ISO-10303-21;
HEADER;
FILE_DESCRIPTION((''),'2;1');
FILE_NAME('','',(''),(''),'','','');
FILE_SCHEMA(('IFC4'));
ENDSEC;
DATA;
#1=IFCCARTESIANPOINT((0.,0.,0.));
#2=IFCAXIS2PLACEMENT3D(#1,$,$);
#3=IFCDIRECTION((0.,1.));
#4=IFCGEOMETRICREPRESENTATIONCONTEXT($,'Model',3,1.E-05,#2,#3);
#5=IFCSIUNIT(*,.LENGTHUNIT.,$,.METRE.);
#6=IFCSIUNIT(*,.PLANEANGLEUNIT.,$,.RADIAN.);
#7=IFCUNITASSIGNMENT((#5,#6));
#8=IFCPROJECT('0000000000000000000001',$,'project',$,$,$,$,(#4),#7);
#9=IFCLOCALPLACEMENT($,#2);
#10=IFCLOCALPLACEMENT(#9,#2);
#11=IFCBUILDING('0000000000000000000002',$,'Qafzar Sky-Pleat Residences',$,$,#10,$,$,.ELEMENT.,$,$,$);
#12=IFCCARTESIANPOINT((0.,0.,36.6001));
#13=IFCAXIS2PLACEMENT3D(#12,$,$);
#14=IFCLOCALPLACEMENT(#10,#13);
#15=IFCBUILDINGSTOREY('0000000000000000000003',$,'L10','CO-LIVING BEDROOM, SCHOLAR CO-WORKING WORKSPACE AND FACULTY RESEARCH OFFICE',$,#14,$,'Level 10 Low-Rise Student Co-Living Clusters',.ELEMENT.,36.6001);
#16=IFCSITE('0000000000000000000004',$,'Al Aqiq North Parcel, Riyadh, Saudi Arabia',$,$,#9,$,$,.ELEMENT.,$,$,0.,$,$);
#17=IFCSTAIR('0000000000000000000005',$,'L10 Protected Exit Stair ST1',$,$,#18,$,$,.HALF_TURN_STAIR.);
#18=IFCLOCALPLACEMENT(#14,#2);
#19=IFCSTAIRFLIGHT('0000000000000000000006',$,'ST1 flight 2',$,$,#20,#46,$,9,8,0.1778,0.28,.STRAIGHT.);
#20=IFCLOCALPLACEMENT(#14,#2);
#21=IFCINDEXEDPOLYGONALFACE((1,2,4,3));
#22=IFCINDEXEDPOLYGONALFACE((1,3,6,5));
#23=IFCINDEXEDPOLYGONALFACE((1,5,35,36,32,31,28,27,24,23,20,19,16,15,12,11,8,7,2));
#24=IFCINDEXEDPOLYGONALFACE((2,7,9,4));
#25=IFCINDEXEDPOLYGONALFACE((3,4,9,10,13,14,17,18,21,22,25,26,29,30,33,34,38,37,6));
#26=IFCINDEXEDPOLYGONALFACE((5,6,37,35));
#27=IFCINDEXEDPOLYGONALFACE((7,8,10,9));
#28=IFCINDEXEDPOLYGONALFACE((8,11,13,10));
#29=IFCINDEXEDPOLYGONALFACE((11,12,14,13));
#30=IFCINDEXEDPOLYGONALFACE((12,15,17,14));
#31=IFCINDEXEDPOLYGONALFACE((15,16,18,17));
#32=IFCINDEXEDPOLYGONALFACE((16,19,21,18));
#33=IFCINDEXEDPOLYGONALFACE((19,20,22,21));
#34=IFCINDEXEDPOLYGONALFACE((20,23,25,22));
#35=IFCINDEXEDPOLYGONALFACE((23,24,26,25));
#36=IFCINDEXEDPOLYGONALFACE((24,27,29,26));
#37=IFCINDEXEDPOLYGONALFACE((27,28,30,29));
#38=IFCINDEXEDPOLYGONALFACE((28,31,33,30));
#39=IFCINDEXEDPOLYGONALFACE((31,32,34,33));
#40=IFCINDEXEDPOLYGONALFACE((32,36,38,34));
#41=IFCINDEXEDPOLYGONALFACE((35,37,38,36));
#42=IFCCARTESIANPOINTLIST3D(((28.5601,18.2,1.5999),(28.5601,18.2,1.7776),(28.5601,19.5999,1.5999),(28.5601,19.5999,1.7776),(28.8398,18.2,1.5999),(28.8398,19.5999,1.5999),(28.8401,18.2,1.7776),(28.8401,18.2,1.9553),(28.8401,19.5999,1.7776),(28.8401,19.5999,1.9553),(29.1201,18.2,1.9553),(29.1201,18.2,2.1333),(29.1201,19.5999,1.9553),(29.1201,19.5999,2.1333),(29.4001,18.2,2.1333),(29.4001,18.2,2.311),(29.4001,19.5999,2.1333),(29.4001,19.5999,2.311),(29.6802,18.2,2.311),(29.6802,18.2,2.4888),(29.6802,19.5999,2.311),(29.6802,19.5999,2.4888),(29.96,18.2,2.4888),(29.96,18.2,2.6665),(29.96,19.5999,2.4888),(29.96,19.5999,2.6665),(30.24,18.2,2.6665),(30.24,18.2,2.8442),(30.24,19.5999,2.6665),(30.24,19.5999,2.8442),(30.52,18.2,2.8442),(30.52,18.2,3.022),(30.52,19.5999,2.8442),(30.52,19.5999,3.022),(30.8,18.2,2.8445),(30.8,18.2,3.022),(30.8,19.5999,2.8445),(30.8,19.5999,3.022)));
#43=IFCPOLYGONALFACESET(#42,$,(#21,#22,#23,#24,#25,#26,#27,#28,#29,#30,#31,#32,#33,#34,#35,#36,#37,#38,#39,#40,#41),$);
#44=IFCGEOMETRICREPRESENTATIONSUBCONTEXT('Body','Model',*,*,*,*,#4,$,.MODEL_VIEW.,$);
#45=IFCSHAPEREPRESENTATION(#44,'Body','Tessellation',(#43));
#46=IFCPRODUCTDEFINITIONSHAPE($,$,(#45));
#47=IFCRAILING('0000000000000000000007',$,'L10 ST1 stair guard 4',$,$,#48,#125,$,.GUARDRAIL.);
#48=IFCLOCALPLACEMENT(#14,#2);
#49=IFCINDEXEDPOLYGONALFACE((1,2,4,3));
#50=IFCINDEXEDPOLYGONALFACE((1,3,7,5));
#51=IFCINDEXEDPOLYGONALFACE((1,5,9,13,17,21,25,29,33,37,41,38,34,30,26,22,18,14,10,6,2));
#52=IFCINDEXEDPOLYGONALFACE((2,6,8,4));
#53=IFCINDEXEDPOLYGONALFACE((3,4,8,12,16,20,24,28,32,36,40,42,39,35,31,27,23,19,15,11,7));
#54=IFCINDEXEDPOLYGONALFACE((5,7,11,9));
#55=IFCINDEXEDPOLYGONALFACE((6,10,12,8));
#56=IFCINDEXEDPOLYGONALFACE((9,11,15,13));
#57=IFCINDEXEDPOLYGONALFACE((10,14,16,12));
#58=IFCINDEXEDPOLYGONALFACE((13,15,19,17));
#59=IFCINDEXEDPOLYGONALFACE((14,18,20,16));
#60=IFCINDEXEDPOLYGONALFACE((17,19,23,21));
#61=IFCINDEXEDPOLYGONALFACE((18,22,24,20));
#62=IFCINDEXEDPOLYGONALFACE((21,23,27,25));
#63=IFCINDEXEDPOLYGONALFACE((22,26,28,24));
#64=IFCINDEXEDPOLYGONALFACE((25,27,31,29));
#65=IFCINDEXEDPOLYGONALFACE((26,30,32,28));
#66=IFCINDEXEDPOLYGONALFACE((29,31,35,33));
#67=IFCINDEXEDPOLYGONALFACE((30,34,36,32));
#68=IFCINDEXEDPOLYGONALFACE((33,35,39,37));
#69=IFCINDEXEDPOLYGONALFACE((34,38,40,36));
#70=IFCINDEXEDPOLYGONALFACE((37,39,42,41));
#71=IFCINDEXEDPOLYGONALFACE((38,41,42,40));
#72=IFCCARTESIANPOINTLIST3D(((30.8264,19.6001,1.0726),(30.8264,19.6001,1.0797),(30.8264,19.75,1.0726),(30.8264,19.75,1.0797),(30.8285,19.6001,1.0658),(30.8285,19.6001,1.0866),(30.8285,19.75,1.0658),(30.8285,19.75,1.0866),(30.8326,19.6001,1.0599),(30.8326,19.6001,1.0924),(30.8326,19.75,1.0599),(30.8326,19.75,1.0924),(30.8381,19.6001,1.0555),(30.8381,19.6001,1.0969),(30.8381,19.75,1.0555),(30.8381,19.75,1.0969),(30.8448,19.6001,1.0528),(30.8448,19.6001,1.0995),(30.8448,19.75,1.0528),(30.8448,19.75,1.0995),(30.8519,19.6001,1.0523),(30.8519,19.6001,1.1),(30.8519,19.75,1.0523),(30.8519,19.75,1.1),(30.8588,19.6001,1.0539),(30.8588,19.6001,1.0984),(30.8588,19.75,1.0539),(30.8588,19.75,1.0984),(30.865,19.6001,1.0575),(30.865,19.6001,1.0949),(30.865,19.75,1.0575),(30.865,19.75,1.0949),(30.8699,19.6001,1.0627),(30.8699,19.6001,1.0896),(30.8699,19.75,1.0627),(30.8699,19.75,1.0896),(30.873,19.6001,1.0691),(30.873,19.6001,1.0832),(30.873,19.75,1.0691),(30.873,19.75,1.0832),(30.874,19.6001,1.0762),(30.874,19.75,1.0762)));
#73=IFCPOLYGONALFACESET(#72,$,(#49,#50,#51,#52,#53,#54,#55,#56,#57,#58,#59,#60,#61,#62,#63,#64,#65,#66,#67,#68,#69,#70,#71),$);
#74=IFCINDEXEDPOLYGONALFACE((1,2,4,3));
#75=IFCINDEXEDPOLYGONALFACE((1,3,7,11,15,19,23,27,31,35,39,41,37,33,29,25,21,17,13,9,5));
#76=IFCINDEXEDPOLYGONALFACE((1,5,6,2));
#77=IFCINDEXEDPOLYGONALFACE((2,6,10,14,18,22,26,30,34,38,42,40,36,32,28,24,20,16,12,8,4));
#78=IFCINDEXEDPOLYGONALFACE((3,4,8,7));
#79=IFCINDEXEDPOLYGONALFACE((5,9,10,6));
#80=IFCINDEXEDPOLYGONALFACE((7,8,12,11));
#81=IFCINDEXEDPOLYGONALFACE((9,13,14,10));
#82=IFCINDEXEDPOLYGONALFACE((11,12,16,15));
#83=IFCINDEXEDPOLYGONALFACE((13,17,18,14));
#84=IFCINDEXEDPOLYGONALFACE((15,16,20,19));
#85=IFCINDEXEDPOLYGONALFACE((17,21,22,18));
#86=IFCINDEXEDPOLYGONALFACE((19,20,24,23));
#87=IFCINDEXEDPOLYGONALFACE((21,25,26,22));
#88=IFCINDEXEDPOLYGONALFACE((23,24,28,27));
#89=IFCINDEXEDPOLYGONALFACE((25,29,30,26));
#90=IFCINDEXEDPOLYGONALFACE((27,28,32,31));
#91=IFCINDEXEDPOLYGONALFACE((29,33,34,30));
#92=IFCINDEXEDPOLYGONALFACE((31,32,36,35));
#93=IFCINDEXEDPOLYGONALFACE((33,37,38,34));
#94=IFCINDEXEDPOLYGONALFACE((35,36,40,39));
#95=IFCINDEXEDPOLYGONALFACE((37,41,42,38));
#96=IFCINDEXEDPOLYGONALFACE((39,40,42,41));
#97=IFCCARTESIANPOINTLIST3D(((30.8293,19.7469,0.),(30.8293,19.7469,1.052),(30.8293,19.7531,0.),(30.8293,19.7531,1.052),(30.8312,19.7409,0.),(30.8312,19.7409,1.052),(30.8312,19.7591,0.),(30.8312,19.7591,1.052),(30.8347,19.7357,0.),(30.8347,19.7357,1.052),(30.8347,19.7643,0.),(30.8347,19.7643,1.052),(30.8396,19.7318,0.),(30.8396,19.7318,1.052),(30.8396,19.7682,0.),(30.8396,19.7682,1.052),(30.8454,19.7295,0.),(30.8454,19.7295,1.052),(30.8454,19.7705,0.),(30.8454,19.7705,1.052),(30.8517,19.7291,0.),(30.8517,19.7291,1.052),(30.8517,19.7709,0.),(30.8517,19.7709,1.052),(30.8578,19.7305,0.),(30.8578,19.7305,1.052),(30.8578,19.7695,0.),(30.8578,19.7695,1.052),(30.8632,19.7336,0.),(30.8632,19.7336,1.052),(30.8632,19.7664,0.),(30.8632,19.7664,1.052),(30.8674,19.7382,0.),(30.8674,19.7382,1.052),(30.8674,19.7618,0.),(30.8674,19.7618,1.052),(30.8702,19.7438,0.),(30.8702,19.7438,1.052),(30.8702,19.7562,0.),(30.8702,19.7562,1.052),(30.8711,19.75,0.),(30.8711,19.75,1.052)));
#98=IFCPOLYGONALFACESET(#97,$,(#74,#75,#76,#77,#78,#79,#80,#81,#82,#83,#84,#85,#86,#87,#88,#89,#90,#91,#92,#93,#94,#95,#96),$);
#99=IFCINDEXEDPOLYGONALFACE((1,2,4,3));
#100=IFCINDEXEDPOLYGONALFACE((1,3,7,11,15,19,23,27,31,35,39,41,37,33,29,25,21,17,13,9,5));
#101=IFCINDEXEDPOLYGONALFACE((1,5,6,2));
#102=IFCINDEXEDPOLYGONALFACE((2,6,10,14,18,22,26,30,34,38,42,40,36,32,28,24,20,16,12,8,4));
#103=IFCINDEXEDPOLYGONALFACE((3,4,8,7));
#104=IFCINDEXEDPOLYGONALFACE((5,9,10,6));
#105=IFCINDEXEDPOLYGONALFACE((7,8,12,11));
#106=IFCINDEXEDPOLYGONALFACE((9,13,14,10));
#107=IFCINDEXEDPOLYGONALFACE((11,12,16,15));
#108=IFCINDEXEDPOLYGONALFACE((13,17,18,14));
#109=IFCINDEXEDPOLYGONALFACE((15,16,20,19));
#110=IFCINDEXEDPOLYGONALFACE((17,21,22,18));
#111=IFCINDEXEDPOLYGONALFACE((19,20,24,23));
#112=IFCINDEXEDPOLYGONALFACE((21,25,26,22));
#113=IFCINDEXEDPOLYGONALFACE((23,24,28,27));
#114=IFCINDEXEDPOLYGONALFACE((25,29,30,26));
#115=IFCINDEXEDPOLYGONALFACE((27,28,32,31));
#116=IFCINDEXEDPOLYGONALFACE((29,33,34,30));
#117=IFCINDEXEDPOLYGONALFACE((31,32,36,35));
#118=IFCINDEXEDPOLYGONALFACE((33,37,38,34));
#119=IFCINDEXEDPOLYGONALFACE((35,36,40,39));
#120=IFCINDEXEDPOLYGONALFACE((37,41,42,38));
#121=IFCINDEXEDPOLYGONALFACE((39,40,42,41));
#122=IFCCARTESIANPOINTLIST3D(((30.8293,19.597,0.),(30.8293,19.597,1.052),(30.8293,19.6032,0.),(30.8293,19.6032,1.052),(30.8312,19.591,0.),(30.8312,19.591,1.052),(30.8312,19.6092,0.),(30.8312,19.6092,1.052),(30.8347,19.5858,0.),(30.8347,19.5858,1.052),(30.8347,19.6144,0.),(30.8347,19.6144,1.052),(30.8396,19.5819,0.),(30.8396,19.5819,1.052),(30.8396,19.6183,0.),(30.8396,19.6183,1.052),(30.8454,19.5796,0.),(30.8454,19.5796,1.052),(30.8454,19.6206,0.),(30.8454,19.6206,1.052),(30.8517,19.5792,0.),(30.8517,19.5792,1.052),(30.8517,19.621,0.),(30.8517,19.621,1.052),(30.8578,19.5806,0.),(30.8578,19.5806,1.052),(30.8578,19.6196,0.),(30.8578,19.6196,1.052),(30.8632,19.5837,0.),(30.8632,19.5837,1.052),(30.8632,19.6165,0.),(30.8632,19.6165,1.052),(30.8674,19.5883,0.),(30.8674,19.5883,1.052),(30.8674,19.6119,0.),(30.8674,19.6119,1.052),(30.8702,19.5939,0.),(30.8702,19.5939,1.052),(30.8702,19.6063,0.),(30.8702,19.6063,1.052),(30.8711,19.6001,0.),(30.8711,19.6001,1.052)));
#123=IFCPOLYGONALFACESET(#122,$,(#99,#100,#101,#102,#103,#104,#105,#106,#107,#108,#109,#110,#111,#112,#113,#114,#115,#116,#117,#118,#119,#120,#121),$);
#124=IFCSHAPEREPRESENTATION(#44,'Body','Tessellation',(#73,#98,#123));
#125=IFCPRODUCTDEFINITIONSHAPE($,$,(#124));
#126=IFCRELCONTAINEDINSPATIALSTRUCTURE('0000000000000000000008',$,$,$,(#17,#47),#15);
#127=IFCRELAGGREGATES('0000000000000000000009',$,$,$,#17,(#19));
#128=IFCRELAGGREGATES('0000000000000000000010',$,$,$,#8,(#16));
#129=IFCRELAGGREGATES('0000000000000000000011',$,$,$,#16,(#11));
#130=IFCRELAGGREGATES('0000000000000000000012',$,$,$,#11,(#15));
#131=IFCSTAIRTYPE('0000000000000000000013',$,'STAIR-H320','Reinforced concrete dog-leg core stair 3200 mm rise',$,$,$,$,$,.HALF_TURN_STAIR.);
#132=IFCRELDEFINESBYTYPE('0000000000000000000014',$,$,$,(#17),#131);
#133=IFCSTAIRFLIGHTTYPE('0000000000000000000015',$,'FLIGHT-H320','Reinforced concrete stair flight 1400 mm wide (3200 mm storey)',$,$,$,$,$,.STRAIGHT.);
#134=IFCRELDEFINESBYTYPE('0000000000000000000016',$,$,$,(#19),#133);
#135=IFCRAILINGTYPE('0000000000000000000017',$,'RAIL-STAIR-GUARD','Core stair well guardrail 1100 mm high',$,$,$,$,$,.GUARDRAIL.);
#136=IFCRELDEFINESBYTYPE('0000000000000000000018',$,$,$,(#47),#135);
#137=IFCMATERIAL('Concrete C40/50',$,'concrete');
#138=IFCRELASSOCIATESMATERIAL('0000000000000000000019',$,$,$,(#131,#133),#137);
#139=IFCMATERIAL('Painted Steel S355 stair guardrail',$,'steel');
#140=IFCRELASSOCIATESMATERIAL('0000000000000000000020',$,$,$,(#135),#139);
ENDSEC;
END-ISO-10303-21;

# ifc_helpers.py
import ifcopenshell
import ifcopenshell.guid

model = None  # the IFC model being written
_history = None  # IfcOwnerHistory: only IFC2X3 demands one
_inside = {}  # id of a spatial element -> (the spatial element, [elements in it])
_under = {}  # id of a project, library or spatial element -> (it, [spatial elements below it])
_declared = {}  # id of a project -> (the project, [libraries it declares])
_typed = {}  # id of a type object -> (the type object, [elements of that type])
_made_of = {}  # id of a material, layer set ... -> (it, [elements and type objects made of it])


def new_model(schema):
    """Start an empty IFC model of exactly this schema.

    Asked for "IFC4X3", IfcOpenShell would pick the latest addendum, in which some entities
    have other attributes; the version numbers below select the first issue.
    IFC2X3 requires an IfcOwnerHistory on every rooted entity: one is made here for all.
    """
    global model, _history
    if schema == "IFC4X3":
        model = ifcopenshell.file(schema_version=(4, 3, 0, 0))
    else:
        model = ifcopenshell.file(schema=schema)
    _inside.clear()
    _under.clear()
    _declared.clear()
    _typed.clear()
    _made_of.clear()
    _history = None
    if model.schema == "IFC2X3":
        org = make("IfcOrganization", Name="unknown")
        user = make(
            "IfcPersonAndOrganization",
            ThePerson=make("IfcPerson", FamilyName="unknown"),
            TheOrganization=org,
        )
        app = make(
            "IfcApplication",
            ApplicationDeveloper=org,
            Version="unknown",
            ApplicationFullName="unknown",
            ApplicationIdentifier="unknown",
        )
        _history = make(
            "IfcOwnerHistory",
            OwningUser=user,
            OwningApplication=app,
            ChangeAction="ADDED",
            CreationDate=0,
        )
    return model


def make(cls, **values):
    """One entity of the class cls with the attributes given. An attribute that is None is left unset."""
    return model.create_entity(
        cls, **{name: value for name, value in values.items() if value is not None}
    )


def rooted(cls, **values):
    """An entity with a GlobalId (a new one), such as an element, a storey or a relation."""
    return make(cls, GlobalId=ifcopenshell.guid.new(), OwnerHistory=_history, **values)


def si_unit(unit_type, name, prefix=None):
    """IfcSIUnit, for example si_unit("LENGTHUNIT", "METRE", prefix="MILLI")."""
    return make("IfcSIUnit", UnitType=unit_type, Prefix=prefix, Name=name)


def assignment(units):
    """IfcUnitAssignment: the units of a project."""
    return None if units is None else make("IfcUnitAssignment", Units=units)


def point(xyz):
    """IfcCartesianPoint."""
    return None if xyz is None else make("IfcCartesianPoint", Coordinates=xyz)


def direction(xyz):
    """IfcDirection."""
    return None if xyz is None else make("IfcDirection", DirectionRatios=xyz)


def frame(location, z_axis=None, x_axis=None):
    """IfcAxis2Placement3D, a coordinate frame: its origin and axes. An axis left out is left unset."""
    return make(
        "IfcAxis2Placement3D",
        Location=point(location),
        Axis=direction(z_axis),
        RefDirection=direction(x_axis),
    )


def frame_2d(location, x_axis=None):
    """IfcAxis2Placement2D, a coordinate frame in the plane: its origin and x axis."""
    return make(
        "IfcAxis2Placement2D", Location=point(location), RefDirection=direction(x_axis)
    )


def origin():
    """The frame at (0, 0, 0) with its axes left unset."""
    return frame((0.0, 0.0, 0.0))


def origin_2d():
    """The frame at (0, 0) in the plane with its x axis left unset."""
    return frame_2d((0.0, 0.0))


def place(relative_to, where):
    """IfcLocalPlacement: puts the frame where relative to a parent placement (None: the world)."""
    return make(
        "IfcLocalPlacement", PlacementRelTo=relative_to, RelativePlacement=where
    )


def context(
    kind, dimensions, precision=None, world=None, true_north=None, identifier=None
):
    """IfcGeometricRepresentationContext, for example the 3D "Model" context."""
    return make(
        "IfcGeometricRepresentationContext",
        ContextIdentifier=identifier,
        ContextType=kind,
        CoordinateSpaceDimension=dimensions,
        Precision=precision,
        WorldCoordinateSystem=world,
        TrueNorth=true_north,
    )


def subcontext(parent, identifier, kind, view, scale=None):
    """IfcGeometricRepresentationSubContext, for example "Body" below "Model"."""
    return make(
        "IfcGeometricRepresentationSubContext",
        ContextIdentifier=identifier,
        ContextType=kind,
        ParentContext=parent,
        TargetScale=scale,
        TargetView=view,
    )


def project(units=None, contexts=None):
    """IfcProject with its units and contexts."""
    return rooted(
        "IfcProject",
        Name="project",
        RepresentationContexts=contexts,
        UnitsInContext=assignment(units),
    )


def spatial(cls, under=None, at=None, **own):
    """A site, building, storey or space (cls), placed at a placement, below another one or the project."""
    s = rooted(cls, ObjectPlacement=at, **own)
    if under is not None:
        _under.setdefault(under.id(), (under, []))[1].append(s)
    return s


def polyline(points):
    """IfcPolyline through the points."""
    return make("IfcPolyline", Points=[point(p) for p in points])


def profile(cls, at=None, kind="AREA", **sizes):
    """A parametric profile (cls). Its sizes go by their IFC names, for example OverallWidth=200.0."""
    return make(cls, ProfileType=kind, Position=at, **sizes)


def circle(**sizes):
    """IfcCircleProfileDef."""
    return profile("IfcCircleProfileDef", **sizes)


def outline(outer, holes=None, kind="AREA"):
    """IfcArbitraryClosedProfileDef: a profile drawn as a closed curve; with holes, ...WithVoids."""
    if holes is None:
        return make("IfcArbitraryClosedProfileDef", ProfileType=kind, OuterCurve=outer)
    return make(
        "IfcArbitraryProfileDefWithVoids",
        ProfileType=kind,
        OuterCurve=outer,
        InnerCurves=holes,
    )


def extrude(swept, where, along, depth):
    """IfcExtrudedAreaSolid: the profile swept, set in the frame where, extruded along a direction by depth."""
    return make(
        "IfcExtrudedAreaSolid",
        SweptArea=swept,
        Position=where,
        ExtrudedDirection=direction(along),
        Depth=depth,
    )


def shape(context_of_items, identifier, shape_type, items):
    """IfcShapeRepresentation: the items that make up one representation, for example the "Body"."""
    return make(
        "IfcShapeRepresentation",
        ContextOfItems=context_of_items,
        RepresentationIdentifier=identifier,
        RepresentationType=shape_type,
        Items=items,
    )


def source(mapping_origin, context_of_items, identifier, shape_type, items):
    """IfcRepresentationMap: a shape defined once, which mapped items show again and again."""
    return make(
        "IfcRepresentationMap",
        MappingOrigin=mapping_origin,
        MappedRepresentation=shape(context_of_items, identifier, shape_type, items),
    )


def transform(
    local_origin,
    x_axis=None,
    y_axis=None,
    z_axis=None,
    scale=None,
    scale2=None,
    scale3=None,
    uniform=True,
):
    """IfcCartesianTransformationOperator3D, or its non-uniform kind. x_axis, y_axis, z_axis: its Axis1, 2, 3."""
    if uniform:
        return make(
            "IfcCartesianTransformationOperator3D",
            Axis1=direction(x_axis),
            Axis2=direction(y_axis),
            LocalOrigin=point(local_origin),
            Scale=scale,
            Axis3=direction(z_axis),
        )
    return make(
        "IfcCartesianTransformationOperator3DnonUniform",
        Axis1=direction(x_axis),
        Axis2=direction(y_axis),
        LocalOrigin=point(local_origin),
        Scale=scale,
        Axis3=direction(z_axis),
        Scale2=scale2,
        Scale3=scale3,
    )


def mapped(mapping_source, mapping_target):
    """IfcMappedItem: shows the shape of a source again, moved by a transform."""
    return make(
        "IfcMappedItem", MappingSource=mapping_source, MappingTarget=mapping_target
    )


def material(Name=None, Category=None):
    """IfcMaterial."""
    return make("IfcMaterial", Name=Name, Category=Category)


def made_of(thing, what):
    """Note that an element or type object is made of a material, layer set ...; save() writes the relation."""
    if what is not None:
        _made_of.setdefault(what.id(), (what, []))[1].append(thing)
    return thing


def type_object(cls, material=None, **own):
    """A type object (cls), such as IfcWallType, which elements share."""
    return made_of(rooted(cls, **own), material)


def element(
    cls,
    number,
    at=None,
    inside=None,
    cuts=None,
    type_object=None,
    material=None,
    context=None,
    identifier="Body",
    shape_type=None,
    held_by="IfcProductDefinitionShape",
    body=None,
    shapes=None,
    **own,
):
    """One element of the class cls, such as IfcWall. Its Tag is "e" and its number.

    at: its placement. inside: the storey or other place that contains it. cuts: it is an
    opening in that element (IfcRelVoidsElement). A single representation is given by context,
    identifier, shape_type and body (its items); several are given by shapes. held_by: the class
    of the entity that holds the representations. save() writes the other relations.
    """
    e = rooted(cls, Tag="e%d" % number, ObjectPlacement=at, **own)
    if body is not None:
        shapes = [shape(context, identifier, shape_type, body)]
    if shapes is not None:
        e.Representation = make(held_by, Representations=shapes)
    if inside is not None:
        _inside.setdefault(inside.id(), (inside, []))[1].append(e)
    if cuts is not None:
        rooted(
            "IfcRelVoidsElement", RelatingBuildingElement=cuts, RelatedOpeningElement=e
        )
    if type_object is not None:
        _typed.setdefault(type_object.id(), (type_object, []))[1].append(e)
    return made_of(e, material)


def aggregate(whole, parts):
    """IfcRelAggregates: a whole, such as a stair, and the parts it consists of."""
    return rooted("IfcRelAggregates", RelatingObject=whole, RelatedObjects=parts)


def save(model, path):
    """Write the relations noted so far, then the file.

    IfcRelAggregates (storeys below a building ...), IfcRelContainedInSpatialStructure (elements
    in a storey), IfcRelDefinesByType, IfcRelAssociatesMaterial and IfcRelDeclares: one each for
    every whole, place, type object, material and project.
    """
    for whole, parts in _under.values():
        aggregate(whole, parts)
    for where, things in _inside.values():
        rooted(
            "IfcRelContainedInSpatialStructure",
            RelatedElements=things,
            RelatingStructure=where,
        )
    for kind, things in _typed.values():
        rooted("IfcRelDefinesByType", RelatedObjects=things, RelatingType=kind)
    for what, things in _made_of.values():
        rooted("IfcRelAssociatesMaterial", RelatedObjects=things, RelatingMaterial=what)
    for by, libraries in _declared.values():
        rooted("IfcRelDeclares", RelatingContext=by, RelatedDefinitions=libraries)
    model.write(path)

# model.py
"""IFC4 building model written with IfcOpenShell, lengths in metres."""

from ifc_helpers import new_model, si_unit, direction, frame, origin, origin_2d, place, context, subcontext, project, spatial, polyline, circle, outline, extrude, source, transform, mapped, material, type_object, element, aggregate, save


model = new_model("IFC4")

# Units and contexts
model_context = context("Model", 3, precision=1e-05, world=origin(), true_north=direction((0.0, 1.0)))
body_context = subcontext(model_context, "Body", "Model", "MODEL_VIEW")
ifc_project = project(units=[si_unit("LENGTHUNIT", "METRE"), si_unit("PLANEANGLEUNIT", "RADIAN")], contexts=[model_context])

# Site, building, storey
site_placement = place(None, origin())
site = spatial("IfcSite", under=ifc_project, at=site_placement, Name="Al Aqiq North Parcel, Riyadh, Saudi Arabia", CompositionType="ELEMENT", RefElevation=0.0)
building_placement = place(site_placement, origin())
building = spatial("IfcBuilding", under=site, at=building_placement, Name="Qafzar Sky-Pleat Residences", CompositionType="ELEMENT")
storey_placement = place(building_placement, frame((0.0, 0.0, 36.6001)))
storey = spatial("IfcBuildingStorey", under=building, at=storey_placement, Name="L10", Description="CO-LIVING BEDROOM, SCHOLAR CO-WORKING WORKSPACE AND FACULTY RESEARCH OFFICE", LongName="Level 10 Low-Rise Student Co-Living Clusters", CompositionType="ELEMENT", Elevation=36.6001)

# Stair, stair flight
ifc_material_1 = material(Name="Concrete C40/50", Category="concrete")
stair_type = type_object("IfcStairType", Name="STAIR-H320", Description="Reinforced concrete dog-leg core stair 3200 mm rise", PredefinedType="HALF_TURN_STAIR", material=ifc_material_1)
stair_placement = place(storey_placement, origin())
stair = element("IfcStair", 1, at=stair_placement, inside=storey, type_object=stair_type, Name="L10 Protected Exit Stair ST1", PredefinedType="HALF_TURN_STAIR")
stair_flight_type = type_object("IfcStairFlightType", Name="FLIGHT-H320", Description="Reinforced concrete stair flight 1400 mm wide (3200 mm storey)", PredefinedType="STRAIGHT", material=ifc_material_1)
shared_shape_1 = source(origin(), body_context, "Body", "SweptSolid", [
    extrude(outline(polyline([(0.0, 0.0), (0.0, 0.1777), (0.28, 0.1777), (0.28, 0.3555), (0.5601, 0.3555), (0.5601, 0.5334), (0.8401, 0.5334), (0.8401, 0.7112), (1.1201, 0.7112), (1.1201, 0.8889), (1.3999, 0.8889), (1.3999, 1.0667), (1.6799, 1.0667), (1.6799, 1.2444), (1.96, 1.2444), (1.96, 1.4221), (2.24, 1.4221), (2.24, 1.6001), (2.24, 1.2446), (0.2798, 0.0), (0.0, 0.0)])), frame((0.0, 0.7, 0.0), z_axis=(0.0, -1.0, 0.0), x_axis=(1.0, 0.0, 0.0)), (0.0, 0.0, 1.0), 1.3999),
])
stair_flight_1_placement = place(storey_placement, frame((28.5601, 18.8999, 1.5999), z_axis=(0.0, 0.0, 1.0), x_axis=(1.0, 0.0, 0.0)))
stair_flight_1 = element("IfcStairFlight", 2, at=stair_flight_1_placement, type_object=stair_flight_type, Name="ST1 flight 2", NumberOfRisers=9, NumberOfTreads=8, PredefinedType="STRAIGHT", RiserHeight=0.1778, TreadLength=0.28, context=body_context, shape_type="MappedRepresentation", body=[
    mapped(shared_shape_1, transform((0.0, 0.0, 0.0), x_axis=(1.0, 0.0, 0.0), y_axis=(0.0, 1.0, 0.0), z_axis=(0.0, 0.0, 1.0), scale=1.0)),
])
aggregate(stair, [stair_flight_1])

# Railing
ifc_material_2 = material(Name="Painted Steel S355 stair guardrail", Category="steel")
railing_type_1 = type_object("IfcRailingType", Name="RAIL-STAIR-GUARD", Description="Core stair well guardrail 1100 mm high", PredefinedType="GUARDRAIL", material=ifc_material_2)
shared_shape_2 = source(origin(), body_context, "Body", "SweptSolid", [
    extrude(circle(Radius=0.0239, at=origin_2d()), frame((0.0, 0.0, 1.0762), z_axis=(0.0, -1.0, 0.0), x_axis=(1.0, 0.0, 0.0)), (0.0, 0.0, 1.0), 0.1499),
    extrude(circle(Radius=0.021, at=origin_2d()), origin(), (0.0, 0.0, 1.0), 1.052),
    extrude(circle(Radius=0.021, at=origin_2d()), frame((0.0, -0.1499, 0.0)), (0.0, 0.0, 1.0), 1.052),
])
railing_1_placement = place(storey_placement, frame((30.8501, 19.75, 0.0)))
element("IfcRailing", 3, at=railing_1_placement, inside=storey, type_object=railing_type_1, Name="L10 ST1 stair guard 4", PredefinedType="GUARDRAIL", context=body_context, shape_type="MappedRepresentation", body=[
    mapped(shared_shape_2, transform((0.0, 0.0, 0.0), x_axis=(1.0, 0.0, 0.0), y_axis=(0.0, 1.0, 0.0), z_axis=(0.0, 0.0, 1.0), scale=1.0)),
])

save(model, "model.ifc")
